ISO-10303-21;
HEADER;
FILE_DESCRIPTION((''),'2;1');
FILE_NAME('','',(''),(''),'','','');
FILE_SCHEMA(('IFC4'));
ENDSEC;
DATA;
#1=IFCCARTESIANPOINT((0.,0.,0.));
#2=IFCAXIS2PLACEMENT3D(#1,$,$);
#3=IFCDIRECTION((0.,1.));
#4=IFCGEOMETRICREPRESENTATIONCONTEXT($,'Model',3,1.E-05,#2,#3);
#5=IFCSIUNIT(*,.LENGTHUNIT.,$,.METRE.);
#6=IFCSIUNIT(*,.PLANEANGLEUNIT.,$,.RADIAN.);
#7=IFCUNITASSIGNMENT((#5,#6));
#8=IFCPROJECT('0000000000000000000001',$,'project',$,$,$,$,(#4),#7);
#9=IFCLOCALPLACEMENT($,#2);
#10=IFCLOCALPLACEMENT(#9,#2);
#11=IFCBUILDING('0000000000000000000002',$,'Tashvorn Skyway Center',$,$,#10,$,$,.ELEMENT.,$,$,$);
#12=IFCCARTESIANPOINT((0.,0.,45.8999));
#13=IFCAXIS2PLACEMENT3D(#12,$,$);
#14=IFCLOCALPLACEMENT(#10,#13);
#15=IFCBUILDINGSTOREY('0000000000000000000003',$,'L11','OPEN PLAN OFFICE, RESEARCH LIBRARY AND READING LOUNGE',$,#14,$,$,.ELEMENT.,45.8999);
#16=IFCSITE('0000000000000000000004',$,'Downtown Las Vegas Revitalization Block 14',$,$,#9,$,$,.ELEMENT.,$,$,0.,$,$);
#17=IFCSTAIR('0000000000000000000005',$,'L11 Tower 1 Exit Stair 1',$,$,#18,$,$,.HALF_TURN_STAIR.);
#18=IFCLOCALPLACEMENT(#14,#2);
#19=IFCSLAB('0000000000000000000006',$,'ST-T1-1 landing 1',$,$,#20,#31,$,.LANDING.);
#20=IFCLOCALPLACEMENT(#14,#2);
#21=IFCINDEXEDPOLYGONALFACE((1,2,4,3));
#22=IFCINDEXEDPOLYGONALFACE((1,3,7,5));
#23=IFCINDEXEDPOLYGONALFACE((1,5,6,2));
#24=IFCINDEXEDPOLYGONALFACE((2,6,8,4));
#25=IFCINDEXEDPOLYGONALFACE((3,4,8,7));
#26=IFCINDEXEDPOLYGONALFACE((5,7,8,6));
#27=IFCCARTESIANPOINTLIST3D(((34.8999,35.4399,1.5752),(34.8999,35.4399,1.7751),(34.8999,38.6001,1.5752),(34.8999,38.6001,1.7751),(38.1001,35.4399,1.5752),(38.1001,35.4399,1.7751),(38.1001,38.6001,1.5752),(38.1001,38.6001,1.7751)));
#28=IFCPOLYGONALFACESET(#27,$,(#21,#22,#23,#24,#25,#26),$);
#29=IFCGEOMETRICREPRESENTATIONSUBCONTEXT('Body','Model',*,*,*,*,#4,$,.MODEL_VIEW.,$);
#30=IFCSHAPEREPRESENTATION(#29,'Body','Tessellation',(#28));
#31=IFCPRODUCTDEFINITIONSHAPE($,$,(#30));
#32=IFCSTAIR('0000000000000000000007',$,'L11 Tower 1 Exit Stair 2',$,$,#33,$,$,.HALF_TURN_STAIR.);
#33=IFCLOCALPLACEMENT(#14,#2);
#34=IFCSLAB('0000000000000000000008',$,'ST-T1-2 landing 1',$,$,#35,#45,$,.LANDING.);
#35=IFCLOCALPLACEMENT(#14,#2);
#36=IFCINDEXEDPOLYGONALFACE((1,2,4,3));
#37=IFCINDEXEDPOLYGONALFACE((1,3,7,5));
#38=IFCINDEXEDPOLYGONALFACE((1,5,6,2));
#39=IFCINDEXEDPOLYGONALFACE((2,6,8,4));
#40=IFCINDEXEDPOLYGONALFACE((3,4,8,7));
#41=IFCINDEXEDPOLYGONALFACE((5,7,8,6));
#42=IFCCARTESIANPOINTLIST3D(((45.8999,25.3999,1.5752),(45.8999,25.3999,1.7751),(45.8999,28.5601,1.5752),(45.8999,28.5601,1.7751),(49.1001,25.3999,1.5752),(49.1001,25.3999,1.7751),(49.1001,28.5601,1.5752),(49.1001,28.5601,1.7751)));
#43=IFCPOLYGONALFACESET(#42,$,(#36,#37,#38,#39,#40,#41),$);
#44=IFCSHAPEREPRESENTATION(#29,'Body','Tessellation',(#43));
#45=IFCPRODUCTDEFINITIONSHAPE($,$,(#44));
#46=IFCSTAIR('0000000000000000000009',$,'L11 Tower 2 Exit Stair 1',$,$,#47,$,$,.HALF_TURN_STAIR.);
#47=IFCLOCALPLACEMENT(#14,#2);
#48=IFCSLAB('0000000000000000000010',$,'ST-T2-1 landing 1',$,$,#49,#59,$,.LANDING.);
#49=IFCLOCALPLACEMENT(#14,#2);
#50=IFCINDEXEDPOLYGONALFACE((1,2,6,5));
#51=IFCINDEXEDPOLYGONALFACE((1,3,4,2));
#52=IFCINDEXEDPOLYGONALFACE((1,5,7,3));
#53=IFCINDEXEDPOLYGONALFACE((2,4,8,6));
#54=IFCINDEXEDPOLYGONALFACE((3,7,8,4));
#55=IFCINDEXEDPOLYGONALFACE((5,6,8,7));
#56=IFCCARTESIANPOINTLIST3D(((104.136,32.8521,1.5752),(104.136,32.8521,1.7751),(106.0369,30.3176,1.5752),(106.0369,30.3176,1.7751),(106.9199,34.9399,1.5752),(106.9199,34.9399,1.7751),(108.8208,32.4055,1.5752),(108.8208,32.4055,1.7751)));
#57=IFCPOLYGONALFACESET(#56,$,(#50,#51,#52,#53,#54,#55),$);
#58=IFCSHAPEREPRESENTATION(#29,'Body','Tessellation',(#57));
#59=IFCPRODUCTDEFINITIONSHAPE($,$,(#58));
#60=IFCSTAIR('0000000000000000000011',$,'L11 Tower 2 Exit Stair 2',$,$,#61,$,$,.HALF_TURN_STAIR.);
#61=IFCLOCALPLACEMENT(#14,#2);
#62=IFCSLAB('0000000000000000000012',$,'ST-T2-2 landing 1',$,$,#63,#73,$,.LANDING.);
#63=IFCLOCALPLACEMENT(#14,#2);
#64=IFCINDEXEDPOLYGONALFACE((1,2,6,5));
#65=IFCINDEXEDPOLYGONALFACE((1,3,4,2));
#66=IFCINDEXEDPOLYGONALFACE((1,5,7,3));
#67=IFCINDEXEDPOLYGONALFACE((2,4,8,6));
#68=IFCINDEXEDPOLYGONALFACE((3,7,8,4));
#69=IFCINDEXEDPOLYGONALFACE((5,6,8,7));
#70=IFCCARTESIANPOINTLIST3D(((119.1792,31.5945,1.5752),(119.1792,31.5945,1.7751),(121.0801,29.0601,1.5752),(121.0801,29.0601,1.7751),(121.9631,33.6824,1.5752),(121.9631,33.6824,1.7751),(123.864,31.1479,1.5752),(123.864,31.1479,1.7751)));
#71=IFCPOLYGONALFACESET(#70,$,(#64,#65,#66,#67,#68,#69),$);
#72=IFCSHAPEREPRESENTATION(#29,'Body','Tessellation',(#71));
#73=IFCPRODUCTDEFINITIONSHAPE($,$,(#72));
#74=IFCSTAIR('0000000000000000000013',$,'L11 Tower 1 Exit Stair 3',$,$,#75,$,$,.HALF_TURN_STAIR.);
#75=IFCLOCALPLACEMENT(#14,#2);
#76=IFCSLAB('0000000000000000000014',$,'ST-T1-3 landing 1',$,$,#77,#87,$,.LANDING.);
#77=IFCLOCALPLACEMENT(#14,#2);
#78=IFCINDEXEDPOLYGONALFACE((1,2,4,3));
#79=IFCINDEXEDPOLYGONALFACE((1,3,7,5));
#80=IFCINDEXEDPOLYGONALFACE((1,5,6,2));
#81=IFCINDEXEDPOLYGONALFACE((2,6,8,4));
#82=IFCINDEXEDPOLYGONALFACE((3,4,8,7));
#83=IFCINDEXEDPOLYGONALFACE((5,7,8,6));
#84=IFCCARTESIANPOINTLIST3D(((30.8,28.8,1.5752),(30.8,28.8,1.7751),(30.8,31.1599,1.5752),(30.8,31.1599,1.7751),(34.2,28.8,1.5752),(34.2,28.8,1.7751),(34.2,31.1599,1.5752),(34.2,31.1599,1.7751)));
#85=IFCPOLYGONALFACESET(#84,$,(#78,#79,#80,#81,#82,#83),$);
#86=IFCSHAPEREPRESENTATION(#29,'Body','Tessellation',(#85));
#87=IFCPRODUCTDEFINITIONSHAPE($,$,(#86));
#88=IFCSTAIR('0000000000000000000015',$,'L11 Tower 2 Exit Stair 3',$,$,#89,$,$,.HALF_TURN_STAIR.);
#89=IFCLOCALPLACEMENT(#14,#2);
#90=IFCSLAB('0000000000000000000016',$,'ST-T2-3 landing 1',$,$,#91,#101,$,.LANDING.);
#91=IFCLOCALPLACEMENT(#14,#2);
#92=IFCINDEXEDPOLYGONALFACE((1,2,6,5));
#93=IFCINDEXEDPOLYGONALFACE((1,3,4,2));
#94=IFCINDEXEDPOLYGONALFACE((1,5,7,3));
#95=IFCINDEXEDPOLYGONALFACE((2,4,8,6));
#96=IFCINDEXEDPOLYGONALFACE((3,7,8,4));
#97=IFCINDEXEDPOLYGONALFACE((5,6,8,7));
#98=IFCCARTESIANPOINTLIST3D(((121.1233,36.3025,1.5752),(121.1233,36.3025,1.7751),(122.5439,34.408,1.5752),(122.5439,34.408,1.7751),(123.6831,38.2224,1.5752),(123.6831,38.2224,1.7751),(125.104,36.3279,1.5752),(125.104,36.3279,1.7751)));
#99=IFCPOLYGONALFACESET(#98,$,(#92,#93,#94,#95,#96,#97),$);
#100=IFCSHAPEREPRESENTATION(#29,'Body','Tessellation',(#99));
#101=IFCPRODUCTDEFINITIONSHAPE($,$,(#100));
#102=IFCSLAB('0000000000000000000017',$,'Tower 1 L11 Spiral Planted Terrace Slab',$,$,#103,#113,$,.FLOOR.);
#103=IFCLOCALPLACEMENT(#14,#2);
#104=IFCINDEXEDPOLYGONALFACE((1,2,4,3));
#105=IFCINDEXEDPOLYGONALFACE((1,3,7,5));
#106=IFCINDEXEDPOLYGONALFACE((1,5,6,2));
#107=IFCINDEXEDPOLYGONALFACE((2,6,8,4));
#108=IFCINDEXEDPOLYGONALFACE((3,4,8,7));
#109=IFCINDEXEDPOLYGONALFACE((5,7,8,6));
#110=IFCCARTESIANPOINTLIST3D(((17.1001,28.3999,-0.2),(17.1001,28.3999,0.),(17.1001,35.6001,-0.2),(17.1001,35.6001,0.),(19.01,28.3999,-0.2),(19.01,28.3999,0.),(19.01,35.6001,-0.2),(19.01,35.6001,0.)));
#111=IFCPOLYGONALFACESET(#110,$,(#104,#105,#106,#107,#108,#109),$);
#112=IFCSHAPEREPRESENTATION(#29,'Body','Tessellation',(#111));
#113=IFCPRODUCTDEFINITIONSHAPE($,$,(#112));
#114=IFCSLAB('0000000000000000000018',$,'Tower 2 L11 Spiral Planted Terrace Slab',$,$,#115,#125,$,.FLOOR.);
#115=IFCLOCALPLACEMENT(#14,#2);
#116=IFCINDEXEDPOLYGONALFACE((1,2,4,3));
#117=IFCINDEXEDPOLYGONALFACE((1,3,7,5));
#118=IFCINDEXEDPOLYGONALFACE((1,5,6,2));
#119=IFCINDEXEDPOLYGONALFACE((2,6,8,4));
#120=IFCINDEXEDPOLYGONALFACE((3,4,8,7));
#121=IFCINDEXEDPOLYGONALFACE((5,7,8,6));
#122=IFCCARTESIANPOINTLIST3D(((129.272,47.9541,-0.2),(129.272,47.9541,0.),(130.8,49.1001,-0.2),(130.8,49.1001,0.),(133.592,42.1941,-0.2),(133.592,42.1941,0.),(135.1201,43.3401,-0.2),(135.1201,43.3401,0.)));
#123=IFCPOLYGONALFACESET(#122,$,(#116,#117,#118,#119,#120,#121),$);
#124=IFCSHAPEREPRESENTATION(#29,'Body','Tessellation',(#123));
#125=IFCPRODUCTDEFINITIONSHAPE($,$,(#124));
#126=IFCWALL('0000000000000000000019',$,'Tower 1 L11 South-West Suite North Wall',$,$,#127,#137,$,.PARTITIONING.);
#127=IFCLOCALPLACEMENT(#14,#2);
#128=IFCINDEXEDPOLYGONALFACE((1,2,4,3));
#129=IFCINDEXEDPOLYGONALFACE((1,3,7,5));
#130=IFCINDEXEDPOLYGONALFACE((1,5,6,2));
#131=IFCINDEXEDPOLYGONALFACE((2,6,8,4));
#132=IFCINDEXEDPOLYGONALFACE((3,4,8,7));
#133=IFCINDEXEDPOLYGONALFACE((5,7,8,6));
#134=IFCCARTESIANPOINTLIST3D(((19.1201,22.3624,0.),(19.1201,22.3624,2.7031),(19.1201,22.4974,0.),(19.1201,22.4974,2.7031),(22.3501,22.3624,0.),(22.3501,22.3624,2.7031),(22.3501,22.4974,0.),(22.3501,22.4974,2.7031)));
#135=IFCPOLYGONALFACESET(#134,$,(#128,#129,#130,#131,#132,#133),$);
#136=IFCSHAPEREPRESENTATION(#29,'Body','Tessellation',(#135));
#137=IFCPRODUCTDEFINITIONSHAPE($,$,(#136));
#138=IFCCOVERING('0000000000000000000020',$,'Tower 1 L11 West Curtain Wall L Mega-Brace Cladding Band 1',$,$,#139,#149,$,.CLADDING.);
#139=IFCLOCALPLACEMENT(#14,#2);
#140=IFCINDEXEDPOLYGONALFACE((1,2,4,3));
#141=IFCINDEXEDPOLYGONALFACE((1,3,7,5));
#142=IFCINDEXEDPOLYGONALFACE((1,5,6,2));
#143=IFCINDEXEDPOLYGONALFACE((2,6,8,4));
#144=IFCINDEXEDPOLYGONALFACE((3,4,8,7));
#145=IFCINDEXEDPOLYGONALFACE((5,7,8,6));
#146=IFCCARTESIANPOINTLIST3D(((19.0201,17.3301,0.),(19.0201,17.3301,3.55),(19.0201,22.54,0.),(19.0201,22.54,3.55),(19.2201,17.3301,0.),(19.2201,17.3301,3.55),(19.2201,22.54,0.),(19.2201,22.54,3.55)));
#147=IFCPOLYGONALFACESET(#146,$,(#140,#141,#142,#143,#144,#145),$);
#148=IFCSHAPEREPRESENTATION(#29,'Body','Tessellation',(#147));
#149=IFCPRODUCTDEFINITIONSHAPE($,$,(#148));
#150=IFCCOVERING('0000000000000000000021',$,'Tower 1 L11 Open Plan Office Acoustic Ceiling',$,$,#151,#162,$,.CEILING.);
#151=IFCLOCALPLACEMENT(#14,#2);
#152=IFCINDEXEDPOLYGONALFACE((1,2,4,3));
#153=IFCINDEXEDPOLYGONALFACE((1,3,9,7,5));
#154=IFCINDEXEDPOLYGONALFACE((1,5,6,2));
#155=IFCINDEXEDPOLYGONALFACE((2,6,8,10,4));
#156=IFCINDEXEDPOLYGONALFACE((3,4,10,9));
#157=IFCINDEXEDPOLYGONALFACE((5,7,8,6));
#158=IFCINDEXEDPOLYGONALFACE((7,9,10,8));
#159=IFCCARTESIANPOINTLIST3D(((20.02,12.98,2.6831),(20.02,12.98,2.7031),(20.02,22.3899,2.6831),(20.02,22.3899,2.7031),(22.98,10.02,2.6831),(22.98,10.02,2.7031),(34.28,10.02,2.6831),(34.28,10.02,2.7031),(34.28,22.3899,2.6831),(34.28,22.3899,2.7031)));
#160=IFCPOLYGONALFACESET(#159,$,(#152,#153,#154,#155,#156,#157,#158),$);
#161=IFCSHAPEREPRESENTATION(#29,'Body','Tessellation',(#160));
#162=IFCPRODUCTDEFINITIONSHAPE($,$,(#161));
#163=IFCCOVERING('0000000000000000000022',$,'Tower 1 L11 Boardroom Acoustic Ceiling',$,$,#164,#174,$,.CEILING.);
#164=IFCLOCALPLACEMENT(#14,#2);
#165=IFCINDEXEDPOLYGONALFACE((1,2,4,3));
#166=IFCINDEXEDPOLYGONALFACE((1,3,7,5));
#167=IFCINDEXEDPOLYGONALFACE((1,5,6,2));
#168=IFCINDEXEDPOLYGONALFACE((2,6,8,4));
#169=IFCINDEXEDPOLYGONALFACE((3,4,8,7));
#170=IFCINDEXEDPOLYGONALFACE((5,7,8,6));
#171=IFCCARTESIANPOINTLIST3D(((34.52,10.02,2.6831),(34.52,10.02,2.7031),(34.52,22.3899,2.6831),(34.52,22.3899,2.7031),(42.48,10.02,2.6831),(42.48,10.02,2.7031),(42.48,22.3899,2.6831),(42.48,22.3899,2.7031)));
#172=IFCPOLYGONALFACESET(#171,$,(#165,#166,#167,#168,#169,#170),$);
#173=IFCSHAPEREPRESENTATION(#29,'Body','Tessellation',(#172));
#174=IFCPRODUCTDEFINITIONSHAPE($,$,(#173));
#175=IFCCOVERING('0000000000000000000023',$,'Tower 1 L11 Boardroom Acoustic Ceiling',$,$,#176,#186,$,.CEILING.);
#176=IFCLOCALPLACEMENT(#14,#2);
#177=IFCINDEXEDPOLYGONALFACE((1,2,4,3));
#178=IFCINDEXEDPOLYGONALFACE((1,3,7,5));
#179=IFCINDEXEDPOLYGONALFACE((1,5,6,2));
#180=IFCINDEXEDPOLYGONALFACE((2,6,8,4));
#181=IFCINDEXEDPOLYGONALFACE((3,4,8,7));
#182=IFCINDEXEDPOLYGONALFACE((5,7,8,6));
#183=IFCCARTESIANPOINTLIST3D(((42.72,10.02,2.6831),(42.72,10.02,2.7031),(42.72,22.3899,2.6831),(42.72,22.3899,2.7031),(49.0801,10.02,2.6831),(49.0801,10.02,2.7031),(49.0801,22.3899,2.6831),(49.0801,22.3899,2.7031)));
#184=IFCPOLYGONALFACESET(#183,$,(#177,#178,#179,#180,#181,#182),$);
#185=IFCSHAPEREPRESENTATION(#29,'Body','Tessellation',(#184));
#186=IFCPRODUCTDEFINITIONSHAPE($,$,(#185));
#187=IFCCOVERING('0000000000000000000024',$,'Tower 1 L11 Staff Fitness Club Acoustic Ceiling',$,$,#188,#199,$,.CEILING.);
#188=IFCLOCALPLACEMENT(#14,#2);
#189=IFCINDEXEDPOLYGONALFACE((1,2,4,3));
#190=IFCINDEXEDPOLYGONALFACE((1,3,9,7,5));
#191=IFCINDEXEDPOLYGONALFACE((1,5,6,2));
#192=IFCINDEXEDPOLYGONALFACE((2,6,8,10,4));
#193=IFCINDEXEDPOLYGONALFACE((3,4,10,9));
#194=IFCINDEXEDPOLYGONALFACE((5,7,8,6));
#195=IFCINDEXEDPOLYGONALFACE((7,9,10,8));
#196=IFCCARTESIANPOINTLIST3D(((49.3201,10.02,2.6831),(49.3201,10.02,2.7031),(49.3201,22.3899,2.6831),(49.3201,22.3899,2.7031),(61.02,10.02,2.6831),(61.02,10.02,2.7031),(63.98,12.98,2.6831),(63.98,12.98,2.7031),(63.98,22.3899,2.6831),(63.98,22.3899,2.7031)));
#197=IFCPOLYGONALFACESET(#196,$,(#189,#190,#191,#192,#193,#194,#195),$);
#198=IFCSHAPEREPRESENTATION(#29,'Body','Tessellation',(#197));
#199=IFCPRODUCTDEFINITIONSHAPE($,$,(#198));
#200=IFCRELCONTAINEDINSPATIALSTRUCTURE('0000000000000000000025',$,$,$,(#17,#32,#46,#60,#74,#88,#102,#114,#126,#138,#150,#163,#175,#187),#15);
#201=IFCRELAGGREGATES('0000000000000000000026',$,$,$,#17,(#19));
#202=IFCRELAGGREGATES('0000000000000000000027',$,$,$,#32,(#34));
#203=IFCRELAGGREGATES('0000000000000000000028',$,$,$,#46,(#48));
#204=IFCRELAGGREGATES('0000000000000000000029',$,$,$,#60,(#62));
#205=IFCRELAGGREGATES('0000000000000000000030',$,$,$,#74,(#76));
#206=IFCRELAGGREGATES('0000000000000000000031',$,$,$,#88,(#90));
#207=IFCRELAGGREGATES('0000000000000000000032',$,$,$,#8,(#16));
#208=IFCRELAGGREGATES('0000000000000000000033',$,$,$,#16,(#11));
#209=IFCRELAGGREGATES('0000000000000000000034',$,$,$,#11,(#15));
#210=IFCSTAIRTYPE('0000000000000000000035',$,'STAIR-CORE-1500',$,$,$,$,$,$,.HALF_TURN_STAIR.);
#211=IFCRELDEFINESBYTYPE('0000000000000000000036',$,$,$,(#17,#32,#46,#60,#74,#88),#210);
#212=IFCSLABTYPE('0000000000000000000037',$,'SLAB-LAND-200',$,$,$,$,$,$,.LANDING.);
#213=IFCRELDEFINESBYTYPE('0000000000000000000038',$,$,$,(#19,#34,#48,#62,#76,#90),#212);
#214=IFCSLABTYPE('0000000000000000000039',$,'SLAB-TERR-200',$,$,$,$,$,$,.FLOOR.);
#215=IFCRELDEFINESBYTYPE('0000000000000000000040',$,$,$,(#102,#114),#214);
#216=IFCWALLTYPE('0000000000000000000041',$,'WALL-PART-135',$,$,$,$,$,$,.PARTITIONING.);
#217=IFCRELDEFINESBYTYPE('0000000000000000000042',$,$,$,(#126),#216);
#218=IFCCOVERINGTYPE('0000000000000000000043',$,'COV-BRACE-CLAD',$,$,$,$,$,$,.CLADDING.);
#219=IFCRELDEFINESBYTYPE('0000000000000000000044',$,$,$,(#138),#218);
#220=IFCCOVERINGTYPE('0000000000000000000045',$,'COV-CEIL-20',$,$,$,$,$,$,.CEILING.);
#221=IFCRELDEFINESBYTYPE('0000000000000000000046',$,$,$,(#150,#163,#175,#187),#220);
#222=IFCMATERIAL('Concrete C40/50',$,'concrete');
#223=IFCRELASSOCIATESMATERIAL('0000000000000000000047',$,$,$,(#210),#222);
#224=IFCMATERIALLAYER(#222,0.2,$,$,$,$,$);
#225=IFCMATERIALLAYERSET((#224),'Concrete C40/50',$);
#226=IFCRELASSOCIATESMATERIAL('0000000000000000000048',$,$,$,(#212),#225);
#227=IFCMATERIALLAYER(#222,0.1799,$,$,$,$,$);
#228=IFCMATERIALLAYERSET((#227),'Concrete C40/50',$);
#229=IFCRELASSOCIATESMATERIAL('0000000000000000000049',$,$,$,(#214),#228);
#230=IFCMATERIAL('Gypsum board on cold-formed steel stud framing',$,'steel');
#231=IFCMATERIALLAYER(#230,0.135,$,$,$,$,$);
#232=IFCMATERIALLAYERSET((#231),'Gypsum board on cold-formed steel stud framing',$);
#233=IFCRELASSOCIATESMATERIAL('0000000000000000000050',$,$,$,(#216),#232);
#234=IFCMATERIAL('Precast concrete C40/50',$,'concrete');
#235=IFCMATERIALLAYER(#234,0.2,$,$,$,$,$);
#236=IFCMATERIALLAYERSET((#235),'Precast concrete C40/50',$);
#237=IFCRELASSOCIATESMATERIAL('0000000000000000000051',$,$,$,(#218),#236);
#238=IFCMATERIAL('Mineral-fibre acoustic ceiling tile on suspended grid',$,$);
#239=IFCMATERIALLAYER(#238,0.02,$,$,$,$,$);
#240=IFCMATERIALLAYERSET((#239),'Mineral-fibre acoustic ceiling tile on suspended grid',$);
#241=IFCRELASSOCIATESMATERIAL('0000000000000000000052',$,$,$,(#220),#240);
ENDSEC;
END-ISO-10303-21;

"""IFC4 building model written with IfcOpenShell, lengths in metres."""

from ifc_helpers import new_model, si_unit, direction, frame, frame_2d, origin, origin_2d, place, context, subcontext, project, spatial, polyline, rectangle, outline, extrude, material, layer, layer_set, type_object, element, aggregate, save


model = new_model("IFC4")

# Units and contexts
model_context = context("Model", 3, precision=1e-05, world=origin(), true_north=direction((0.0, 1.0)))
body_context = subcontext(model_context, "Body", "Model", "MODEL_VIEW")
ifc_project = project(units=[si_unit("LENGTHUNIT", "METRE"), si_unit("PLANEANGLEUNIT", "RADIAN")], contexts=[model_context])

# Site, building, storey
site_placement = place(None, origin())
site = spatial("IfcSite", under=ifc_project, at=site_placement, Name="Downtown Las Vegas Revitalization Block 14", CompositionType="ELEMENT", RefElevation=0.0)
building_placement = place(site_placement, origin())
building = spatial("IfcBuilding", under=site, at=building_placement, Name="Tashvorn Skyway Center", CompositionType="ELEMENT")
storey_placement = place(building_placement, frame((0.0, 0.0, 45.8999)))
storey = spatial("IfcBuildingStorey", under=building, at=storey_placement, Name="L11", Description="OPEN PLAN OFFICE, RESEARCH LIBRARY AND READING LOUNGE", CompositionType="ELEMENT", Elevation=45.8999)

# Shared definitions
ifc_material_1 = material(Name="Concrete C40/50", Category="concrete")

# Stairs, slabs
stair_type = type_object("IfcStairType", Name="STAIR-CORE-1500", PredefinedType="HALF_TURN_STAIR", material=ifc_material_1)
stair_1_placement = place(storey_placement, origin())
stair_1 = element("IfcStair", 1, at=stair_1_placement, inside=storey, type_object=stair_type, Name="L11 Tower 1 Exit Stair 1", PredefinedType="HALF_TURN_STAIR")
ifc_layer_1 = layer(ifc_material_1, 0.2)
ifc_layer_set_1 = layer_set([ifc_layer_1], Name="Concrete C40/50")
slab_type_1 = type_object("IfcSlabType", Name="SLAB-LAND-200", PredefinedType="LANDING", material=ifc_layer_set_1)
slab_1_placement = place(storey_placement, frame((0.0, 0.0, 1.5752)))
slab_1 = element("IfcSlab", 2, at=slab_1_placement, type_object=slab_type_1, Name="ST-T1-1 landing 1", PredefinedType="LANDING", context=body_context, shape_type="SweptSolid", body=[
    extrude(outline(polyline([(38.1001, 35.4399), (38.1001, 38.6001), (34.8999, 38.6001), (34.8999, 35.4399), (38.1001, 35.4399)])), origin(), (0.0, 0.0, 1.0), 0.2),
])
aggregate(stair_1, [slab_1])
stair_2_placement = place(storey_placement, origin())
stair_2 = element("IfcStair", 3, at=stair_2_placement, inside=storey, type_object=stair_type, Name="L11 Tower 1 Exit Stair 2", PredefinedType="HALF_TURN_STAIR")
slab_2_placement = place(storey_placement, frame((0.0, 0.0, 1.5752)))
slab_2 = element("IfcSlab", 4, at=slab_2_placement, type_object=slab_type_1, Name="ST-T1-2 landing 1", PredefinedType="LANDING", context=body_context, shape_type="SweptSolid", body=[
    extrude(outline(polyline([(45.8999, 28.5601), (45.8999, 25.3999), (49.1001, 25.3999), (49.1001, 28.5601), (45.8999, 28.5601)])), origin(), (0.0, 0.0, 1.0), 0.2),
])
aggregate(stair_2, [slab_2])
stair_3_placement = place(storey_placement, origin())
stair_3 = element("IfcStair", 5, at=stair_3_placement, inside=storey, type_object=stair_type, Name="L11 Tower 2 Exit Stair 1", PredefinedType="HALF_TURN_STAIR")
slab_3_placement = place(storey_placement, frame((0.0, 0.0, 1.5752)))
slab_3 = element("IfcSlab", 6, at=slab_3_placement, type_object=slab_type_1, Name="ST-T2-1 landing 1", PredefinedType="LANDING", context=body_context, shape_type="SweptSolid", body=[
    extrude(outline(polyline([(108.8208, 32.4055), (106.9199, 34.9399), (104.136, 32.8521), (106.0369, 30.3176), (108.8208, 32.4055)])), origin(), (0.0, 0.0, 1.0), 0.2),
])
aggregate(stair_3, [slab_3])
stair_4_placement = place(storey_placement, origin())
stair_4 = element("IfcStair", 7, at=stair_4_placement, inside=storey, type_object=stair_type, Name="L11 Tower 2 Exit Stair 2", PredefinedType="HALF_TURN_STAIR")
slab_4_placement = place(storey_placement, frame((0.0, 0.0, 1.5752)))
slab_4 = element("IfcSlab", 8, at=slab_4_placement, type_object=slab_type_1, Name="ST-T2-2 landing 1", PredefinedType="LANDING", context=body_context, shape_type="SweptSolid", body=[
    extrude(outline(polyline([(119.1792, 31.5945), (121.0801, 29.0601), (123.864, 31.1479), (121.9631, 33.6824), (119.1792, 31.5945)])), origin(), (0.0, 0.0, 1.0), 0.2),
])
aggregate(stair_4, [slab_4])
stair_5_placement = place(storey_placement, origin())
stair_5 = element("IfcStair", 9, at=stair_5_placement, inside=storey, type_object=stair_type, Name="L11 Tower 1 Exit Stair 3", PredefinedType="HALF_TURN_STAIR")
slab_5_placement = place(storey_placement, frame((0.0, 0.0, 1.5752)))
slab_5 = element("IfcSlab", 10, at=slab_5_placement, type_object=slab_type_1, Name="ST-T1-3 landing 1", PredefinedType="LANDING", context=body_context, shape_type="SweptSolid", body=[
    extrude(outline(polyline([(30.8, 31.1599), (30.8, 28.8), (34.2, 28.8), (34.2, 31.1599), (30.8, 31.1599)])), origin(), (0.0, 0.0, 1.0), 0.2),
])
aggregate(stair_5, [slab_5])
stair_6_placement = place(storey_placement, origin())
stair_6 = element("IfcStair", 11, at=stair_6_placement, inside=storey, type_object=stair_type, Name="L11 Tower 2 Exit Stair 3", PredefinedType="HALF_TURN_STAIR")
slab_6_placement = place(storey_placement, frame((0.0, 0.0, 1.5752)))
slab_6 = element("IfcSlab", 12, at=slab_6_placement, type_object=slab_type_1, Name="ST-T2-3 landing 1", PredefinedType="LANDING", context=body_context, shape_type="SweptSolid", body=[
    extrude(outline(polyline([(121.1233, 36.3025), (122.5439, 34.408), (125.104, 36.3279), (123.6831, 38.2224), (121.1233, 36.3025)])), origin(), (0.0, 0.0, 1.0), 0.2),
])
aggregate(stair_6, [slab_6])

# Slabs
ifc_layer_2 = layer(ifc_material_1, 0.1799)
ifc_layer_set_2 = layer_set([ifc_layer_2], Name="Concrete C40/50")
slab_type_2 = type_object("IfcSlabType", Name="SLAB-TERR-200", PredefinedType="FLOOR", material=ifc_layer_set_2)
slab_7_placement = place(storey_placement, frame((0.0, 0.0, -0.2)))
element("IfcSlab", 13, at=slab_7_placement, inside=storey, type_object=slab_type_2, Name="Tower 1 L11 Spiral Planted Terrace Slab", PredefinedType="FLOOR", context=body_context, shape_type="SweptSolid", body=[
    extrude(outline(polyline([(17.1001, 28.3999), (19.01, 28.3999), (19.01, 35.6001), (17.1001, 35.6001), (17.1001, 28.3999)])), origin(), (0.0, 0.0, 1.0), 0.2),
])
slab_8_placement = place(storey_placement, frame((0.0, 0.0, -0.2)))
element("IfcSlab", 14, at=slab_8_placement, inside=storey, type_object=slab_type_2, Name="Tower 2 L11 Spiral Planted Terrace Slab", PredefinedType="FLOOR", context=body_context, shape_type="SweptSolid", body=[
    extrude(outline(polyline([(133.592, 42.1941), (135.1201, 43.3401), (130.8, 49.1001), (129.272, 47.9541), (133.592, 42.1941)])), origin(), (0.0, 0.0, 1.0), 0.2),
])

# Wall
ifc_material_2 = material(Name="Gypsum board on cold-formed steel stud framing", Category="steel")
ifc_layer_3 = layer(ifc_material_2, 0.135)
ifc_layer_set_3 = layer_set([ifc_layer_3], Name="Gypsum board on cold-formed steel stud framing")
wall_type = type_object("IfcWallType", Name="WALL-PART-135", PredefinedType="PARTITIONING", material=ifc_layer_set_3)
wall_placement = place(storey_placement, frame((19.1201, 22.4299, 0.0), z_axis=(0.0, 0.0, 1.0), x_axis=(1.0, 0.0, 0.0)))
element("IfcWall", 15, at=wall_placement, inside=storey, type_object=wall_type, Name="Tower 1 L11 South-West Suite North Wall", PredefinedType="PARTITIONING", context=body_context, shape_type="SweptSolid", body=[
    extrude(rectangle(XDim=3.23, YDim=0.135, at=frame_2d((1.615, 0.0))), origin(), (0.0, 0.0, 1.0), 2.7031),
])

# Coverings
ifc_material_3 = material(Name="Precast concrete C40/50", Category="concrete")
ifc_layer_4 = layer(ifc_material_3, 0.2)
ifc_layer_set_4 = layer_set([ifc_layer_4], Name="Precast concrete C40/50")
covering_type_1 = type_object("IfcCoveringType", Name="COV-BRACE-CLAD", PredefinedType="CLADDING", material=ifc_layer_set_4)
covering_1_placement = place(storey_placement, frame((19.1201, 19.9351, 0.0), z_axis=(0.0, 0.0, 1.0), x_axis=(0.0, 1.0, 0.0)))
element("IfcCovering", 16, at=covering_1_placement, inside=storey, type_object=covering_type_1, Name="Tower 1 L11 West Curtain Wall L Mega-Brace Cladding Band 1", PredefinedType="CLADDING", context=body_context, shape_type="SweptSolid", body=[
    extrude(rectangle(XDim=5.21, YDim=0.2, at=origin_2d()), origin(), (0.0, 0.0, 1.0), 3.55),
])
ifc_material_4 = material(Name="Mineral-fibre acoustic ceiling tile on suspended grid")
ifc_layer_5 = layer(ifc_material_4, 0.02)
ifc_layer_set_5 = layer_set([ifc_layer_5], Name="Mineral-fibre acoustic ceiling tile on suspended grid")
covering_type_2 = type_object("IfcCoveringType", Name="COV-CEIL-20", PredefinedType="CEILING", material=ifc_layer_set_5)
covering_2_placement = place(storey_placement, frame((0.0, 0.0, 2.6831)))
element("IfcCovering", 17, at=covering_2_placement, inside=storey, type_object=covering_type_2, Name="Tower 1 L11 Open Plan Office Acoustic Ceiling", PredefinedType="CEILING", context=body_context, shape_type="SweptSolid", body=[
    extrude(outline(polyline([(20.02, 22.3899), (34.28, 22.3899), (34.28, 10.02), (22.98, 10.02), (20.02, 12.98), (20.02, 22.3899)])), origin(), (0.0, 0.0, 1.0), 0.02),
])
covering_3_placement = place(storey_placement, frame((0.0, 0.0, 2.6831)))
element("IfcCovering", 18, at=covering_3_placement, inside=storey, type_object=covering_type_2, Name="Tower 1 L11 Boardroom Acoustic Ceiling", PredefinedType="CEILING", context=body_context, shape_type="SweptSolid", body=[
    extrude(outline(polyline([(34.52, 22.3899), (42.48, 22.3899), (42.48, 10.02), (34.52, 10.02), (34.52, 22.3899)])), origin(), (0.0, 0.0, 1.0), 0.02),
])
covering_4_placement = place(storey_placement, frame((0.0, 0.0, 2.6831)))
element("IfcCovering", 19, at=covering_4_placement, inside=storey, type_object=covering_type_2, Name="Tower 1 L11 Boardroom Acoustic Ceiling", PredefinedType="CEILING", context=body_context, shape_type="SweptSolid", body=[
    extrude(outline(polyline([(42.72, 22.3899), (49.0801, 22.3899), (49.0801, 10.02), (42.72, 10.02), (42.72, 22.3899)])), origin(), (0.0, 0.0, 1.0), 0.02),
])
covering_5_placement = place(storey_placement, frame((0.0, 0.0, 2.6831)))
element("IfcCovering", 20, at=covering_5_placement, inside=storey, type_object=covering_type_2, Name="Tower 1 L11 Staff Fitness Club Acoustic Ceiling", PredefinedType="CEILING", context=body_context, shape_type="SweptSolid", body=[
    extrude(outline(polyline([(49.3201, 10.02), (49.3201, 22.3899), (63.98, 22.3899), (63.98, 12.98), (61.02, 10.02), (49.3201, 10.02)])), origin(), (0.0, 0.0, 1.0), 0.02),
])

save(model, "model.ifc")
